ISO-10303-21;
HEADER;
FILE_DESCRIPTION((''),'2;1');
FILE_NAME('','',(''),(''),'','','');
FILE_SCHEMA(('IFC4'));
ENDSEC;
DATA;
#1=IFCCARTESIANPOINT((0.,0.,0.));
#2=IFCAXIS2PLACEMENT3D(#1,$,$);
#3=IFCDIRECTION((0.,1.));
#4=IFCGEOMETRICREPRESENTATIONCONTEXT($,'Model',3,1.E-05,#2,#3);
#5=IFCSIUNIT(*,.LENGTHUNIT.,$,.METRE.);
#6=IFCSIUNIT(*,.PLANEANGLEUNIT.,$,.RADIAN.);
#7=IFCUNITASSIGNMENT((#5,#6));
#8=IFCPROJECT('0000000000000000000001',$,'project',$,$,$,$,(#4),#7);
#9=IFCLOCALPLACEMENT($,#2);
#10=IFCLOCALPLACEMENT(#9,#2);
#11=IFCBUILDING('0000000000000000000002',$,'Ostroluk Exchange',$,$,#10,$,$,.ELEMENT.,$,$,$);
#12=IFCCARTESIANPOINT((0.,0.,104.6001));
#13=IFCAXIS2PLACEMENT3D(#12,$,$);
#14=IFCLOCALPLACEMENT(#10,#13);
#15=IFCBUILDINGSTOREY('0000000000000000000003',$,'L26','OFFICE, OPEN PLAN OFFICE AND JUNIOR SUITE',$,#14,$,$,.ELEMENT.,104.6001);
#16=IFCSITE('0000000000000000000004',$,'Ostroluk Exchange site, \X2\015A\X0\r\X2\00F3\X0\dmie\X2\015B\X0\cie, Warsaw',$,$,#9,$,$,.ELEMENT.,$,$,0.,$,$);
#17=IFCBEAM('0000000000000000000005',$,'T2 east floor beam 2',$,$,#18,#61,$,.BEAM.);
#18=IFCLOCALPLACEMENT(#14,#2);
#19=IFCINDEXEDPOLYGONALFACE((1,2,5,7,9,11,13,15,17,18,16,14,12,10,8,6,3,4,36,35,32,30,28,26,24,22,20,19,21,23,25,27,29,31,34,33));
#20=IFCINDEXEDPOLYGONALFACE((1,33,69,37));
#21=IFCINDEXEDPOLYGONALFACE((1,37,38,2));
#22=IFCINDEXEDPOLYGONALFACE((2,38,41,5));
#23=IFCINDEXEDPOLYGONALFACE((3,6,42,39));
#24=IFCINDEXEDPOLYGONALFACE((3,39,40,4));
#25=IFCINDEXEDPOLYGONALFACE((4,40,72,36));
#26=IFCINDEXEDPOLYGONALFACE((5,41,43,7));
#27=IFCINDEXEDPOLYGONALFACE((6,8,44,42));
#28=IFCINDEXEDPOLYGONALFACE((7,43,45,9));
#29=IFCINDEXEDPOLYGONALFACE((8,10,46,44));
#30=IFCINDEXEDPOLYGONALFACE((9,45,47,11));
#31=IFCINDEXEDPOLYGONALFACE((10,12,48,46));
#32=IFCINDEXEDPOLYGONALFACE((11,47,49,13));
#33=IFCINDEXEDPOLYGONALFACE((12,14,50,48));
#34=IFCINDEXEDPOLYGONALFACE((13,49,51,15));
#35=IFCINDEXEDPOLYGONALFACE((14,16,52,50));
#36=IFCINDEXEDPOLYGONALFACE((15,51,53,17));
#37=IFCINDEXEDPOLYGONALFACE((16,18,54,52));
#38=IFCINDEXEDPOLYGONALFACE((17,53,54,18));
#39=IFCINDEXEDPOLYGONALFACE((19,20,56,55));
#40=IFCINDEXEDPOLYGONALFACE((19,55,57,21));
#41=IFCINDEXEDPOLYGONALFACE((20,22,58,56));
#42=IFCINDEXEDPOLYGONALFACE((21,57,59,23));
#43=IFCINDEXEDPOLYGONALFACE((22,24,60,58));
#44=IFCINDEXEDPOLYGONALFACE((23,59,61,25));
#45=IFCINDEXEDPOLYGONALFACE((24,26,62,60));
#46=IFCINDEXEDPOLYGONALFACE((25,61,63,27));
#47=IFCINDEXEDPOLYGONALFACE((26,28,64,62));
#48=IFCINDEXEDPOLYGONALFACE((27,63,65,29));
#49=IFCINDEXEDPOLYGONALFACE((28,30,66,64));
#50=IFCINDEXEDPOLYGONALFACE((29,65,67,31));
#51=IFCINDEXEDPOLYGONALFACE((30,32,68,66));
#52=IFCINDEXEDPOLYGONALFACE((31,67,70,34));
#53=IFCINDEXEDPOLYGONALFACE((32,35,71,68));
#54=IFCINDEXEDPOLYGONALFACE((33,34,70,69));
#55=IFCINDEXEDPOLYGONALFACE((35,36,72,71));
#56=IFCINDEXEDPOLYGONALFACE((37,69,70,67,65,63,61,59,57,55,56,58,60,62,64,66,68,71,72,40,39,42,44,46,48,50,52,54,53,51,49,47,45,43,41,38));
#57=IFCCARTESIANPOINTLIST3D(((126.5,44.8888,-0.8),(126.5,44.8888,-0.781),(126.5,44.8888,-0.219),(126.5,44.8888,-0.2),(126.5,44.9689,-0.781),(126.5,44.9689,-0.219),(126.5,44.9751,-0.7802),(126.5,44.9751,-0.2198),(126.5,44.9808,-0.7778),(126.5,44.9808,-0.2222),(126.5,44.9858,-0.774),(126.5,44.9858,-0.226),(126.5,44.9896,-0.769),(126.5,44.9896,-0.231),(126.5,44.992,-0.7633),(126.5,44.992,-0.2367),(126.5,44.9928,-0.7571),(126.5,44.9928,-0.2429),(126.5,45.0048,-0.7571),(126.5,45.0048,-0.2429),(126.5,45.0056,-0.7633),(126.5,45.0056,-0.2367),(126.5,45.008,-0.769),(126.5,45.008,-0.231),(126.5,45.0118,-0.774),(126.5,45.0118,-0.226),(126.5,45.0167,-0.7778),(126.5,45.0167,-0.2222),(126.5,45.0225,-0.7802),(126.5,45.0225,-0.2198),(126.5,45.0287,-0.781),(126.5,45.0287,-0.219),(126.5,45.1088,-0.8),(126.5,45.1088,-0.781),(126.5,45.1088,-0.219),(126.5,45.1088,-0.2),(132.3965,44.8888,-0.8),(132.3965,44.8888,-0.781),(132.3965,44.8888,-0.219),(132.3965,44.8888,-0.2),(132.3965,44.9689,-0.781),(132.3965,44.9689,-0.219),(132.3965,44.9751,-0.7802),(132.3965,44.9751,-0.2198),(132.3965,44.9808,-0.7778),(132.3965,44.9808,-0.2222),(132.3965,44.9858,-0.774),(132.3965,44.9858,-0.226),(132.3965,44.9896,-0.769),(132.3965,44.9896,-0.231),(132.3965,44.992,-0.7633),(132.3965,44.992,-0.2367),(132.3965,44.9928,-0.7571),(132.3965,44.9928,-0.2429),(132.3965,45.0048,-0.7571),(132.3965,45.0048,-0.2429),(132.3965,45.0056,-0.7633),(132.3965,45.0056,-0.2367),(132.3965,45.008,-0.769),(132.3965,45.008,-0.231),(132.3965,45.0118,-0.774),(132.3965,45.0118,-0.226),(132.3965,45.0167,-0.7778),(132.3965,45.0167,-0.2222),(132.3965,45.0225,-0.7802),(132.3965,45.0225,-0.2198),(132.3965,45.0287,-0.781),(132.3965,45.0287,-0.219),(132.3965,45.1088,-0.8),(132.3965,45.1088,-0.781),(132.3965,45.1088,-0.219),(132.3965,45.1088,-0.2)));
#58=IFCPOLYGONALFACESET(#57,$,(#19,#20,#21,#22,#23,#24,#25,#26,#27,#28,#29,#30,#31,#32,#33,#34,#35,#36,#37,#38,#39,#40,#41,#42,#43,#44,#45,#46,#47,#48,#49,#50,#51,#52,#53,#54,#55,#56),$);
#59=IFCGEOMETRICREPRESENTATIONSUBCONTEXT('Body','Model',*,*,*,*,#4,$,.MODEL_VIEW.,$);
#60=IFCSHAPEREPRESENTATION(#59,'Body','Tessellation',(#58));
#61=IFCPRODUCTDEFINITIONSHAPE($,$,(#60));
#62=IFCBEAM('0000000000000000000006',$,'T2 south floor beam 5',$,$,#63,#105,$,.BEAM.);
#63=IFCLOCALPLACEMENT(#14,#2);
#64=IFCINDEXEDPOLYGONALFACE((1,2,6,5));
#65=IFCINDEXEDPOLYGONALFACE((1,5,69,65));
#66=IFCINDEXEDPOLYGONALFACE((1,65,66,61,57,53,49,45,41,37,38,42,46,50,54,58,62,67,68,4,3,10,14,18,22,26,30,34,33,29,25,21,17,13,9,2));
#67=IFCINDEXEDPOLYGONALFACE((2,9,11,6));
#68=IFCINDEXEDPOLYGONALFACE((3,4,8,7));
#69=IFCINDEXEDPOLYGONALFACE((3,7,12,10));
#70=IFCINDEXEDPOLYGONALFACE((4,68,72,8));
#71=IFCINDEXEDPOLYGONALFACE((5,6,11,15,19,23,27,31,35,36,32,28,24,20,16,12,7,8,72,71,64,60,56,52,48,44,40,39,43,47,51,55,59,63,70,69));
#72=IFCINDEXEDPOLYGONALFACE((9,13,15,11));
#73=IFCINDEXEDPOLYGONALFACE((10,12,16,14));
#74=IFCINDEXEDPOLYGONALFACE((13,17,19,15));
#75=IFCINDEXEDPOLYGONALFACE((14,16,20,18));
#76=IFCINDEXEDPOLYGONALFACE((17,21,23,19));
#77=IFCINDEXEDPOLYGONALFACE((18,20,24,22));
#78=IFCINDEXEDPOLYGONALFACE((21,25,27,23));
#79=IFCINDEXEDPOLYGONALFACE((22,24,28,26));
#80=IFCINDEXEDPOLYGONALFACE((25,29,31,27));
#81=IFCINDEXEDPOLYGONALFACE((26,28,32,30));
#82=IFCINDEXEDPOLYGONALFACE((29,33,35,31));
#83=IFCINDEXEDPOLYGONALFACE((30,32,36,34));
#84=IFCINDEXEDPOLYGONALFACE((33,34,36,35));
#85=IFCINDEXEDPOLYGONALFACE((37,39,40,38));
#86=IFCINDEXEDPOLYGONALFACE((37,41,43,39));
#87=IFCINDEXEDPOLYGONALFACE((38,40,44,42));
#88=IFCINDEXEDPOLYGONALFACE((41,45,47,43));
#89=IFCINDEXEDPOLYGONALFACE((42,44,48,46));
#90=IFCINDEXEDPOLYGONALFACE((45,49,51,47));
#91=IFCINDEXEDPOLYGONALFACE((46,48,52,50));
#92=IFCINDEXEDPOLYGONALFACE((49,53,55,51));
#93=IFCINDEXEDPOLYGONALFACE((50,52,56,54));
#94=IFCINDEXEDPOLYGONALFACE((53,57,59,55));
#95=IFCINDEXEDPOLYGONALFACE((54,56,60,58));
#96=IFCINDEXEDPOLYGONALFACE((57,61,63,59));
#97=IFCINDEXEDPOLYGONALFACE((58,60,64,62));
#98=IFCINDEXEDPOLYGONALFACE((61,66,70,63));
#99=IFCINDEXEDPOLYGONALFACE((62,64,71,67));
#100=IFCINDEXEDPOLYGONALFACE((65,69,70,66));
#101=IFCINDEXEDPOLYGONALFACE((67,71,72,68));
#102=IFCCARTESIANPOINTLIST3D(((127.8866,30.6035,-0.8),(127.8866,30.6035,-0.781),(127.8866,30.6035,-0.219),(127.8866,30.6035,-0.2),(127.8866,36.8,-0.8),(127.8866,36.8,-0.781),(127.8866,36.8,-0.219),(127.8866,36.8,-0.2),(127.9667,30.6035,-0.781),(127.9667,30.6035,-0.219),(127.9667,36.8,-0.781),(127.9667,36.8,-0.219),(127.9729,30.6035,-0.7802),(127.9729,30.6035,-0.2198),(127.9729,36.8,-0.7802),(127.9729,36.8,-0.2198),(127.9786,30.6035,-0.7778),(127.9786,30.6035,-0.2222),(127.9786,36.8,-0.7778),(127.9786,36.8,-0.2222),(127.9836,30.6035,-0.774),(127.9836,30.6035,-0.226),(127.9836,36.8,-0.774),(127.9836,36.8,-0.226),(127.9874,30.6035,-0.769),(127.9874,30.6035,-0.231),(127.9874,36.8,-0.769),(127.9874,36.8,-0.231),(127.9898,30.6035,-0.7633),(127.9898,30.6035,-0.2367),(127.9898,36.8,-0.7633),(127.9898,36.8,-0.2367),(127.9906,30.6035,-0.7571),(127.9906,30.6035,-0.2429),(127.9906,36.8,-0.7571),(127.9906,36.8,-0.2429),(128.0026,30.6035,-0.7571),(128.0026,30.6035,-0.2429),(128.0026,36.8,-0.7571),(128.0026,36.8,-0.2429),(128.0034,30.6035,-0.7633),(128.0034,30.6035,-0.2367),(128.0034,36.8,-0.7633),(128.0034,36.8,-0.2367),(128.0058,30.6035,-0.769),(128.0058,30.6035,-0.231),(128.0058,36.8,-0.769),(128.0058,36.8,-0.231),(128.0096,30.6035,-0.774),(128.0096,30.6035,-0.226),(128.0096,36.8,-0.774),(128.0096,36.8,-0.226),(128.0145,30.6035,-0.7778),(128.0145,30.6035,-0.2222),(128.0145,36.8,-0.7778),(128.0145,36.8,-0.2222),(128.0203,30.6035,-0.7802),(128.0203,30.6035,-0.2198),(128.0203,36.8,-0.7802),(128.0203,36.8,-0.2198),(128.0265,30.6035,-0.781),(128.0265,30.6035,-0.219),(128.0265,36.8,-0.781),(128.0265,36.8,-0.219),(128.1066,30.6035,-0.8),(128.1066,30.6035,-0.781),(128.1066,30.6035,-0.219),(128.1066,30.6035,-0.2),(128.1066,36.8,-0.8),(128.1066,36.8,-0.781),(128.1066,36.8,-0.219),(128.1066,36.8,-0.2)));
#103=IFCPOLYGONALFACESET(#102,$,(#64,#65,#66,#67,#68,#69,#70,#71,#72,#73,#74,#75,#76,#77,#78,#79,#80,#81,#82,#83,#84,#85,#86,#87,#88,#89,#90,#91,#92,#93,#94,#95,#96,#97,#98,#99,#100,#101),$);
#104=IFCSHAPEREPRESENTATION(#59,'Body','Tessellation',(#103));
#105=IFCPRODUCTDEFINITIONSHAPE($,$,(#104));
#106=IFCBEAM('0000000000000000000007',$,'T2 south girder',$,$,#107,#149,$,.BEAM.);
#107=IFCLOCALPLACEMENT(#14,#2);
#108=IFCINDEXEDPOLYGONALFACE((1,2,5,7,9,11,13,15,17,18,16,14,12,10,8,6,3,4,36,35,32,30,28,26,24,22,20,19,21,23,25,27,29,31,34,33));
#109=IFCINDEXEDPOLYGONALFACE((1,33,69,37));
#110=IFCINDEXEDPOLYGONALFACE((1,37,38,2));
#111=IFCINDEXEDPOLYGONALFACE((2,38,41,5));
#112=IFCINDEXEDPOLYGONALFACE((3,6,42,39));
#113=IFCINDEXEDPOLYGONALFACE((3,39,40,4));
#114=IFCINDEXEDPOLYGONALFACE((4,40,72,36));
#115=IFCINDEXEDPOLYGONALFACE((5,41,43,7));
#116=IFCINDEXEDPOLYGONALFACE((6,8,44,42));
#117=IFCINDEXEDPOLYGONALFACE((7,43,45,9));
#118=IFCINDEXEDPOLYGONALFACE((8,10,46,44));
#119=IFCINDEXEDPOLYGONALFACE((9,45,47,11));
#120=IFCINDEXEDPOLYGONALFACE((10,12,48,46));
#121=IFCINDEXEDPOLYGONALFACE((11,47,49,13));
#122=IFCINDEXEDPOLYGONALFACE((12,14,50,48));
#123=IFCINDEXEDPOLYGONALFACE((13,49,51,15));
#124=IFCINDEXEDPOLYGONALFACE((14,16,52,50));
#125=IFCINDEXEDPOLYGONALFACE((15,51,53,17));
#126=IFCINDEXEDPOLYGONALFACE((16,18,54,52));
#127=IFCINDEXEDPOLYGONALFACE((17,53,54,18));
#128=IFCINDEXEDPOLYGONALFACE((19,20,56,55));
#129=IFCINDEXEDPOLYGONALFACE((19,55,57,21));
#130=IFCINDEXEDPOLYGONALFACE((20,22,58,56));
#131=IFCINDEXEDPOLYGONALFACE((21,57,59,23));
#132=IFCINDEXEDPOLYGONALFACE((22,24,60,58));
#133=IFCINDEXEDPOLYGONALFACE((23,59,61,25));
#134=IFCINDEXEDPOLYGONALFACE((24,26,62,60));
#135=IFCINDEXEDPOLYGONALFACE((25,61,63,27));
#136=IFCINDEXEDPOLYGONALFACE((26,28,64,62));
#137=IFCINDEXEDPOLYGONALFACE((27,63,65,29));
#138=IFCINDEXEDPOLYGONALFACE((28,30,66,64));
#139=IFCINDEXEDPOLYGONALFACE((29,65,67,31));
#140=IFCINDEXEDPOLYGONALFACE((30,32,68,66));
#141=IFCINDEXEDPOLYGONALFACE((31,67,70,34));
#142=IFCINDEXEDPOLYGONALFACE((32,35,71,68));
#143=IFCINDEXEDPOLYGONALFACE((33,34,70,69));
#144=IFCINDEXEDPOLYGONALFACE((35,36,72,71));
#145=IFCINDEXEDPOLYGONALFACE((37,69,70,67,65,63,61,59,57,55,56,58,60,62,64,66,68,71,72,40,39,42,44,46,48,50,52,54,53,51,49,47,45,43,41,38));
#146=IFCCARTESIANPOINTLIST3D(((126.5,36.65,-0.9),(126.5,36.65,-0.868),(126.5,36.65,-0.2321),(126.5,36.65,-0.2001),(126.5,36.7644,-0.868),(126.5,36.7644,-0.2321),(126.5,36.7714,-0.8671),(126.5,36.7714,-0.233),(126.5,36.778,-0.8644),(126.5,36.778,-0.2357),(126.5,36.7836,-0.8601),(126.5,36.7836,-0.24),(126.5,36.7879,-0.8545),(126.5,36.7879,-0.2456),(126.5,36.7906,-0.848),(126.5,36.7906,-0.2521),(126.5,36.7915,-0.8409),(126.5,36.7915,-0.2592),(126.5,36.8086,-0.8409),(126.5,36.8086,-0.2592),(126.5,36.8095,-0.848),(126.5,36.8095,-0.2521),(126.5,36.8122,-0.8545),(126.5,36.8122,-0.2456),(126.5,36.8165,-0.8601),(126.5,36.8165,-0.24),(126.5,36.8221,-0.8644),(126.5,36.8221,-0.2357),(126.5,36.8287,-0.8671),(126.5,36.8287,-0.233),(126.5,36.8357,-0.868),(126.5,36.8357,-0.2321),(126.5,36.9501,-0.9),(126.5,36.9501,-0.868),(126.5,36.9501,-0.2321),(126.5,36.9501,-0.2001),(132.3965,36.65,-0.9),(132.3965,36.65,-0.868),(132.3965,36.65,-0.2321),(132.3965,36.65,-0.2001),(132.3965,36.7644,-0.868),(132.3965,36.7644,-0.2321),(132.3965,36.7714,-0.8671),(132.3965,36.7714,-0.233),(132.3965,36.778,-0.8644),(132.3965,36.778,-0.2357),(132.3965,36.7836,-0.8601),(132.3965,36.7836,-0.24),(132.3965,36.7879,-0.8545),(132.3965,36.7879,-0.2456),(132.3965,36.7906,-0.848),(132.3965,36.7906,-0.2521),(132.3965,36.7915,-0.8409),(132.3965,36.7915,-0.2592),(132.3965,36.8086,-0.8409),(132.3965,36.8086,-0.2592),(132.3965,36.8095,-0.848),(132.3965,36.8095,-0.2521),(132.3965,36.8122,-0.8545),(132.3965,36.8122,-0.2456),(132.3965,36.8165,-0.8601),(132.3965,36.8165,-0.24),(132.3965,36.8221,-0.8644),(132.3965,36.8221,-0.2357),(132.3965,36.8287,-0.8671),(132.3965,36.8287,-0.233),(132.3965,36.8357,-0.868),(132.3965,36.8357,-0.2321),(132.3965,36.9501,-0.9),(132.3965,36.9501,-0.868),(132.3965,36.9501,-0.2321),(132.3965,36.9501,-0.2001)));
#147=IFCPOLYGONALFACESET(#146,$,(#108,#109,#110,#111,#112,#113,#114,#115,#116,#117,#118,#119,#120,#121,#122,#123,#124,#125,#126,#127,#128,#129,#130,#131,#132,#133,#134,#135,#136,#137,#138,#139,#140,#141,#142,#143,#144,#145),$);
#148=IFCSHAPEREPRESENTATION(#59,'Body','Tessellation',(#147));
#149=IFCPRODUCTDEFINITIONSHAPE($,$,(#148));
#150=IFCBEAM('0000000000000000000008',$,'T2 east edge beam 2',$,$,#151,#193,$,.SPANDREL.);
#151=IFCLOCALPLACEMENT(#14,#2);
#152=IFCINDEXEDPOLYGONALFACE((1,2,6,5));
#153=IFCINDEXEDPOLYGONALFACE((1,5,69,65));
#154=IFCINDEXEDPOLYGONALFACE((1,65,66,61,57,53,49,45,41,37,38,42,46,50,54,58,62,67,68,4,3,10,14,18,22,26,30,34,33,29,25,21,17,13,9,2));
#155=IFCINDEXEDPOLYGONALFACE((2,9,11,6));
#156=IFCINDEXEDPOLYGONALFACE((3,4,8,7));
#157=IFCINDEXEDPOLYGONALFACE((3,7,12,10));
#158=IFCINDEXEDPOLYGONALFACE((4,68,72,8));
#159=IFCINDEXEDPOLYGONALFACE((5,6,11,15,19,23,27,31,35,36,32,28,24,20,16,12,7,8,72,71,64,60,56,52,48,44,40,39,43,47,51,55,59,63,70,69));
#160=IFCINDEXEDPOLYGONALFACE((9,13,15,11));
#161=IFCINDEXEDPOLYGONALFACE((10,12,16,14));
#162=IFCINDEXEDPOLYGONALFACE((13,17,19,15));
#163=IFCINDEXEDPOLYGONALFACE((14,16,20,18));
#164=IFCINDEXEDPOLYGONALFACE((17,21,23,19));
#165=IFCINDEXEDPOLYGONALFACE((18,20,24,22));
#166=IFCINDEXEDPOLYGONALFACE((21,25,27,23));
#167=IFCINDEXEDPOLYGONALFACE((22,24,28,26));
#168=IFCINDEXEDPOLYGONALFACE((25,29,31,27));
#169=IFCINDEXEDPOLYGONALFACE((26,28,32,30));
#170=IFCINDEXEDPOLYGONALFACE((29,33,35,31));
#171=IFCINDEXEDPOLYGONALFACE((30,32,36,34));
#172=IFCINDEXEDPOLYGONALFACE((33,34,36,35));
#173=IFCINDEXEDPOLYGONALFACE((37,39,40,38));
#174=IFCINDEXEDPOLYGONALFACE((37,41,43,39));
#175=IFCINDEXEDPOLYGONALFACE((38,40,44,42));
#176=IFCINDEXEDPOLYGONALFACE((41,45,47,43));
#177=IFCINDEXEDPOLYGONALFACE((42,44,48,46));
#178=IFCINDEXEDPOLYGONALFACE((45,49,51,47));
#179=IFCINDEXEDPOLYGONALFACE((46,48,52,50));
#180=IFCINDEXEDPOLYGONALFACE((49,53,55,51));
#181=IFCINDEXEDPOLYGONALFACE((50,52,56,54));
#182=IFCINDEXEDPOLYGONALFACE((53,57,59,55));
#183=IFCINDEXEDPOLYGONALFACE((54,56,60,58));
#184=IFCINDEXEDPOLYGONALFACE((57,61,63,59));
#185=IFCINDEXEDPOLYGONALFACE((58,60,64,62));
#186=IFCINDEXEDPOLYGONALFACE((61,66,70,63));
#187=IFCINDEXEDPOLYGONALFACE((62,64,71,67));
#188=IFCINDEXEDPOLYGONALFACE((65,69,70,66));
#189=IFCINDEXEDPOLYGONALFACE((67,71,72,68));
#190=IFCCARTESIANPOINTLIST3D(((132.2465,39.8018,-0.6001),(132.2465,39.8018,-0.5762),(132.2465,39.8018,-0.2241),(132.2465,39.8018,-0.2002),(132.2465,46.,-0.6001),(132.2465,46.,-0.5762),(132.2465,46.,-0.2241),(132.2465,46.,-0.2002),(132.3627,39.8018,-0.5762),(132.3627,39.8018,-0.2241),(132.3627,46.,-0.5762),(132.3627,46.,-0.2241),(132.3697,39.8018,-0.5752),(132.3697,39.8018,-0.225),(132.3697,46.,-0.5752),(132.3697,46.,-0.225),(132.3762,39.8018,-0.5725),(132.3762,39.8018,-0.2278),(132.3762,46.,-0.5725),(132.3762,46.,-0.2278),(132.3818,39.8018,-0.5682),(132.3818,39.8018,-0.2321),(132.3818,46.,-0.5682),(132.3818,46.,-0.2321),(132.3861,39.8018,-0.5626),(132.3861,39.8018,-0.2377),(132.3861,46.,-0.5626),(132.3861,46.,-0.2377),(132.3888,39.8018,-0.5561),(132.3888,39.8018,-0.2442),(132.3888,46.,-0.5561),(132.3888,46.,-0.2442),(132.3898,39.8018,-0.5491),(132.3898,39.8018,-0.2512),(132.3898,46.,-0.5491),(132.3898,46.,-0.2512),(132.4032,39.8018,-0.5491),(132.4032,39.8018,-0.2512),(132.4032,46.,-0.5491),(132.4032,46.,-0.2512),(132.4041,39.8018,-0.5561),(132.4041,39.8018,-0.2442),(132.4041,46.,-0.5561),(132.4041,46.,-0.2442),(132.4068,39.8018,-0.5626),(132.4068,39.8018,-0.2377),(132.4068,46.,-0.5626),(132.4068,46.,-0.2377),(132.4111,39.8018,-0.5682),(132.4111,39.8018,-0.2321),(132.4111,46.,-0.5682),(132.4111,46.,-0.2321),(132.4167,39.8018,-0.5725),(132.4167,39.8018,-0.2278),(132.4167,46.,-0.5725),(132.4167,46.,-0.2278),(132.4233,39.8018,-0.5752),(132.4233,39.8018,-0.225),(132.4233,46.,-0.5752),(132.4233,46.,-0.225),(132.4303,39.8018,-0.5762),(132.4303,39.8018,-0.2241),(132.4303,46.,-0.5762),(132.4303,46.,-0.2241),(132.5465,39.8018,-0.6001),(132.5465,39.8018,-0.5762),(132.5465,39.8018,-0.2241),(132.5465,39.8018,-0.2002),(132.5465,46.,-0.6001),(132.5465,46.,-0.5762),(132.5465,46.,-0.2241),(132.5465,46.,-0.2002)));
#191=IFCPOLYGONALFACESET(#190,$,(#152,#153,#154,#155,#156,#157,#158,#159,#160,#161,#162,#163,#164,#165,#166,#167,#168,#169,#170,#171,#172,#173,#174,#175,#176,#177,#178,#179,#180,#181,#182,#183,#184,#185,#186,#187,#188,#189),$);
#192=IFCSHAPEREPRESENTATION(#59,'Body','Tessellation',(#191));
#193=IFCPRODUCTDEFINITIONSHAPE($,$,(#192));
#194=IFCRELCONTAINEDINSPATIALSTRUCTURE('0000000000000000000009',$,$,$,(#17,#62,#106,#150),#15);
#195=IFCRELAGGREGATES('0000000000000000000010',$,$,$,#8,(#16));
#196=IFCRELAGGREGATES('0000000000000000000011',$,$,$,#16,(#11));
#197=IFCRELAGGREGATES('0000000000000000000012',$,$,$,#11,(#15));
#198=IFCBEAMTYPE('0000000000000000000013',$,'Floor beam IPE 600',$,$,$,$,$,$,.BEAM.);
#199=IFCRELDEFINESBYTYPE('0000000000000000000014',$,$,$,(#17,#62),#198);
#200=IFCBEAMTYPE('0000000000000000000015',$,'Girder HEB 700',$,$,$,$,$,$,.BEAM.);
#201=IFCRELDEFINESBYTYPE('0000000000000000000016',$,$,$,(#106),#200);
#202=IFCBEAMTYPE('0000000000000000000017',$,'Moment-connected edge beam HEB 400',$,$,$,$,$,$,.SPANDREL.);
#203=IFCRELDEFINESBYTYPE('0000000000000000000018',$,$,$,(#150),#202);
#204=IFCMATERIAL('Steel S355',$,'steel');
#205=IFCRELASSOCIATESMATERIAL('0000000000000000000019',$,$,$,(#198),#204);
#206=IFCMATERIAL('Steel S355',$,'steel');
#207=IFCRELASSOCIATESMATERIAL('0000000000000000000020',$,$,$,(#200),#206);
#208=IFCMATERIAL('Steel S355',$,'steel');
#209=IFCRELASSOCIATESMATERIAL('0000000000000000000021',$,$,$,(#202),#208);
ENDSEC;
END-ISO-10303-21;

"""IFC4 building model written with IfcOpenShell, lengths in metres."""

from ifc_helpers import new_model, si_unit, direction, frame, origin, origin_2d, place, context, subcontext, project, spatial, i_section, extrude, material, material_profile, profile_set, type_object, element, save


model = new_model("IFC4")

# Units and contexts
model_context = context("Model", 3, precision=1e-05, world=origin(), true_north=direction((0.0, 1.0)))
body_context = subcontext(model_context, "Body", "Model", "MODEL_VIEW")
ifc_project = project(units=[si_unit("LENGTHUNIT", "METRE"), si_unit("PLANEANGLEUNIT", "RADIAN")], contexts=[model_context])

# Site, building, storey
site_placement = place(None, origin())
site = spatial("IfcSite", under=ifc_project, at=site_placement, Name="Ostroluk Exchange site, Śródmieście, Warsaw", CompositionType="ELEMENT", RefElevation=0.0)
building_placement = place(site_placement, origin())
building = spatial("IfcBuilding", under=site, at=building_placement, Name="Ostroluk Exchange", CompositionType="ELEMENT")
storey_placement = place(building_placement, frame((0.0, 0.0, 104.6001)))
storey = spatial("IfcBuildingStorey", under=building, at=storey_placement, Name="L26", Description="OFFICE, OPEN PLAN OFFICE AND JUNIOR SUITE", CompositionType="ELEMENT", Elevation=104.6001)

# Beams
ifc_material_1 = material(Name="Steel S355", Category="steel")
ifc_material_profile_1 = material_profile(ifc_material_1, i_section(OverallWidth=0.22, OverallDepth=0.6001, WebThickness=0.012, FlangeThickness=0.019, FilletRadius=0.0239, at=origin_2d()), Name="IPE 600")
ifc_profile_set_1 = profile_set([ifc_material_profile_1], Name="Steel S355")
beam_type_1 = type_object("IfcBeamType", Name="Floor beam IPE 600", PredefinedType="BEAM", material=ifc_profile_set_1)
for number, where, z_axis, x_axis, name in (
    (1, (126.5, 44.9988, -0.5), (1.0, 0.0, 0.0), (0.0, 1.0, 0.0), "T2 east floor beam 2"),
):
    element("IfcBeam", number, at=place(storey_placement, frame(where, z_axis=z_axis, x_axis=x_axis)), inside=storey, type_object=beam_type_1, Name=name, PredefinedType="BEAM", context=body_context, shape_type="SweptSolid", body=[
        extrude(i_section(OverallWidth=0.22, OverallDepth=0.6001, WebThickness=0.012, FlangeThickness=0.019, FilletRadius=0.0239, at=origin_2d()), origin(), (0.0, 0.0, 1.0), 5.8965),
    ])
beam_1_placement = place(storey_placement, frame((127.9966, 36.8, -0.5), z_axis=(0.0, -1.0, 0.0), x_axis=(1.0, 0.0, 0.0)))
element("IfcBeam", 2, at=beam_1_placement, inside=storey, type_object=beam_type_1, Name="T2 south floor beam 5", PredefinedType="BEAM", context=body_context, shape_type="SweptSolid", body=[
    extrude(i_section(OverallWidth=0.22, OverallDepth=0.6001, WebThickness=0.012, FlangeThickness=0.019, FilletRadius=0.0239, at=origin_2d()), origin(), (0.0, 0.0, 1.0), 6.1965),
])
ifc_material_2 = material(Name="Steel S355", Category="steel")
ifc_material_profile_2 = material_profile(ifc_material_2, i_section(OverallWidth=0.3, OverallDepth=0.7, WebThickness=0.0171, FlangeThickness=0.032, FilletRadius=0.0271, at=origin_2d()), Name="HEB 700")
ifc_profile_set_2 = profile_set([ifc_material_profile_2], Name="Steel S355")
beam_type_2 = type_object("IfcBeamType", Name="Girder HEB 700", PredefinedType="BEAM", material=ifc_profile_set_2)
beam_2_placement = place(storey_placement, frame((126.5, 36.8, -0.55), z_axis=(1.0, 0.0, 0.0), x_axis=(0.0, 1.0, 0.0)))
element("IfcBeam", 3, at=beam_2_placement, inside=storey, type_object=beam_type_2, Name="T2 south girder", PredefinedType="BEAM", context=body_context, shape_type="SweptSolid", body=[
    extrude(i_section(OverallWidth=0.3, OverallDepth=0.7, WebThickness=0.0171, FlangeThickness=0.032, FilletRadius=0.0271, at=origin_2d()), origin(), (0.0, 0.0, 1.0), 5.8965),
])
ifc_material_3 = material(Name="Steel S355", Category="steel")
ifc_material_profile_3 = material_profile(ifc_material_3, i_section(OverallWidth=0.3, OverallDepth=0.3999, WebThickness=0.0134, FlangeThickness=0.0239, FilletRadius=0.0271, at=origin_2d()), Name="HEB 400")
ifc_profile_set_3 = profile_set([ifc_material_profile_3], Name="Steel S355")
beam_type_3 = type_object("IfcBeamType", Name="Moment-connected edge beam HEB 400", PredefinedType="SPANDREL", material=ifc_profile_set_3)
beam_3_placement = place(storey_placement, frame((132.3965, 39.8018, -0.4001), z_axis=(0.0, 1.0, 0.0), x_axis=(-1.0, 0.0, 0.0)))
element("IfcBeam", 4, at=beam_3_placement, inside=storey, type_object=beam_type_3, Name="T2 east edge beam 2", PredefinedType="SPANDREL", context=body_context, shape_type="SweptSolid", body=[
    extrude(i_section(OverallWidth=0.3, OverallDepth=0.3999, WebThickness=0.0134, FlangeThickness=0.0239, FilletRadius=0.0271, at=origin_2d()), origin(), (0.0, 0.0, 1.0), 6.1982),
])

save(model, "model.ifc")
